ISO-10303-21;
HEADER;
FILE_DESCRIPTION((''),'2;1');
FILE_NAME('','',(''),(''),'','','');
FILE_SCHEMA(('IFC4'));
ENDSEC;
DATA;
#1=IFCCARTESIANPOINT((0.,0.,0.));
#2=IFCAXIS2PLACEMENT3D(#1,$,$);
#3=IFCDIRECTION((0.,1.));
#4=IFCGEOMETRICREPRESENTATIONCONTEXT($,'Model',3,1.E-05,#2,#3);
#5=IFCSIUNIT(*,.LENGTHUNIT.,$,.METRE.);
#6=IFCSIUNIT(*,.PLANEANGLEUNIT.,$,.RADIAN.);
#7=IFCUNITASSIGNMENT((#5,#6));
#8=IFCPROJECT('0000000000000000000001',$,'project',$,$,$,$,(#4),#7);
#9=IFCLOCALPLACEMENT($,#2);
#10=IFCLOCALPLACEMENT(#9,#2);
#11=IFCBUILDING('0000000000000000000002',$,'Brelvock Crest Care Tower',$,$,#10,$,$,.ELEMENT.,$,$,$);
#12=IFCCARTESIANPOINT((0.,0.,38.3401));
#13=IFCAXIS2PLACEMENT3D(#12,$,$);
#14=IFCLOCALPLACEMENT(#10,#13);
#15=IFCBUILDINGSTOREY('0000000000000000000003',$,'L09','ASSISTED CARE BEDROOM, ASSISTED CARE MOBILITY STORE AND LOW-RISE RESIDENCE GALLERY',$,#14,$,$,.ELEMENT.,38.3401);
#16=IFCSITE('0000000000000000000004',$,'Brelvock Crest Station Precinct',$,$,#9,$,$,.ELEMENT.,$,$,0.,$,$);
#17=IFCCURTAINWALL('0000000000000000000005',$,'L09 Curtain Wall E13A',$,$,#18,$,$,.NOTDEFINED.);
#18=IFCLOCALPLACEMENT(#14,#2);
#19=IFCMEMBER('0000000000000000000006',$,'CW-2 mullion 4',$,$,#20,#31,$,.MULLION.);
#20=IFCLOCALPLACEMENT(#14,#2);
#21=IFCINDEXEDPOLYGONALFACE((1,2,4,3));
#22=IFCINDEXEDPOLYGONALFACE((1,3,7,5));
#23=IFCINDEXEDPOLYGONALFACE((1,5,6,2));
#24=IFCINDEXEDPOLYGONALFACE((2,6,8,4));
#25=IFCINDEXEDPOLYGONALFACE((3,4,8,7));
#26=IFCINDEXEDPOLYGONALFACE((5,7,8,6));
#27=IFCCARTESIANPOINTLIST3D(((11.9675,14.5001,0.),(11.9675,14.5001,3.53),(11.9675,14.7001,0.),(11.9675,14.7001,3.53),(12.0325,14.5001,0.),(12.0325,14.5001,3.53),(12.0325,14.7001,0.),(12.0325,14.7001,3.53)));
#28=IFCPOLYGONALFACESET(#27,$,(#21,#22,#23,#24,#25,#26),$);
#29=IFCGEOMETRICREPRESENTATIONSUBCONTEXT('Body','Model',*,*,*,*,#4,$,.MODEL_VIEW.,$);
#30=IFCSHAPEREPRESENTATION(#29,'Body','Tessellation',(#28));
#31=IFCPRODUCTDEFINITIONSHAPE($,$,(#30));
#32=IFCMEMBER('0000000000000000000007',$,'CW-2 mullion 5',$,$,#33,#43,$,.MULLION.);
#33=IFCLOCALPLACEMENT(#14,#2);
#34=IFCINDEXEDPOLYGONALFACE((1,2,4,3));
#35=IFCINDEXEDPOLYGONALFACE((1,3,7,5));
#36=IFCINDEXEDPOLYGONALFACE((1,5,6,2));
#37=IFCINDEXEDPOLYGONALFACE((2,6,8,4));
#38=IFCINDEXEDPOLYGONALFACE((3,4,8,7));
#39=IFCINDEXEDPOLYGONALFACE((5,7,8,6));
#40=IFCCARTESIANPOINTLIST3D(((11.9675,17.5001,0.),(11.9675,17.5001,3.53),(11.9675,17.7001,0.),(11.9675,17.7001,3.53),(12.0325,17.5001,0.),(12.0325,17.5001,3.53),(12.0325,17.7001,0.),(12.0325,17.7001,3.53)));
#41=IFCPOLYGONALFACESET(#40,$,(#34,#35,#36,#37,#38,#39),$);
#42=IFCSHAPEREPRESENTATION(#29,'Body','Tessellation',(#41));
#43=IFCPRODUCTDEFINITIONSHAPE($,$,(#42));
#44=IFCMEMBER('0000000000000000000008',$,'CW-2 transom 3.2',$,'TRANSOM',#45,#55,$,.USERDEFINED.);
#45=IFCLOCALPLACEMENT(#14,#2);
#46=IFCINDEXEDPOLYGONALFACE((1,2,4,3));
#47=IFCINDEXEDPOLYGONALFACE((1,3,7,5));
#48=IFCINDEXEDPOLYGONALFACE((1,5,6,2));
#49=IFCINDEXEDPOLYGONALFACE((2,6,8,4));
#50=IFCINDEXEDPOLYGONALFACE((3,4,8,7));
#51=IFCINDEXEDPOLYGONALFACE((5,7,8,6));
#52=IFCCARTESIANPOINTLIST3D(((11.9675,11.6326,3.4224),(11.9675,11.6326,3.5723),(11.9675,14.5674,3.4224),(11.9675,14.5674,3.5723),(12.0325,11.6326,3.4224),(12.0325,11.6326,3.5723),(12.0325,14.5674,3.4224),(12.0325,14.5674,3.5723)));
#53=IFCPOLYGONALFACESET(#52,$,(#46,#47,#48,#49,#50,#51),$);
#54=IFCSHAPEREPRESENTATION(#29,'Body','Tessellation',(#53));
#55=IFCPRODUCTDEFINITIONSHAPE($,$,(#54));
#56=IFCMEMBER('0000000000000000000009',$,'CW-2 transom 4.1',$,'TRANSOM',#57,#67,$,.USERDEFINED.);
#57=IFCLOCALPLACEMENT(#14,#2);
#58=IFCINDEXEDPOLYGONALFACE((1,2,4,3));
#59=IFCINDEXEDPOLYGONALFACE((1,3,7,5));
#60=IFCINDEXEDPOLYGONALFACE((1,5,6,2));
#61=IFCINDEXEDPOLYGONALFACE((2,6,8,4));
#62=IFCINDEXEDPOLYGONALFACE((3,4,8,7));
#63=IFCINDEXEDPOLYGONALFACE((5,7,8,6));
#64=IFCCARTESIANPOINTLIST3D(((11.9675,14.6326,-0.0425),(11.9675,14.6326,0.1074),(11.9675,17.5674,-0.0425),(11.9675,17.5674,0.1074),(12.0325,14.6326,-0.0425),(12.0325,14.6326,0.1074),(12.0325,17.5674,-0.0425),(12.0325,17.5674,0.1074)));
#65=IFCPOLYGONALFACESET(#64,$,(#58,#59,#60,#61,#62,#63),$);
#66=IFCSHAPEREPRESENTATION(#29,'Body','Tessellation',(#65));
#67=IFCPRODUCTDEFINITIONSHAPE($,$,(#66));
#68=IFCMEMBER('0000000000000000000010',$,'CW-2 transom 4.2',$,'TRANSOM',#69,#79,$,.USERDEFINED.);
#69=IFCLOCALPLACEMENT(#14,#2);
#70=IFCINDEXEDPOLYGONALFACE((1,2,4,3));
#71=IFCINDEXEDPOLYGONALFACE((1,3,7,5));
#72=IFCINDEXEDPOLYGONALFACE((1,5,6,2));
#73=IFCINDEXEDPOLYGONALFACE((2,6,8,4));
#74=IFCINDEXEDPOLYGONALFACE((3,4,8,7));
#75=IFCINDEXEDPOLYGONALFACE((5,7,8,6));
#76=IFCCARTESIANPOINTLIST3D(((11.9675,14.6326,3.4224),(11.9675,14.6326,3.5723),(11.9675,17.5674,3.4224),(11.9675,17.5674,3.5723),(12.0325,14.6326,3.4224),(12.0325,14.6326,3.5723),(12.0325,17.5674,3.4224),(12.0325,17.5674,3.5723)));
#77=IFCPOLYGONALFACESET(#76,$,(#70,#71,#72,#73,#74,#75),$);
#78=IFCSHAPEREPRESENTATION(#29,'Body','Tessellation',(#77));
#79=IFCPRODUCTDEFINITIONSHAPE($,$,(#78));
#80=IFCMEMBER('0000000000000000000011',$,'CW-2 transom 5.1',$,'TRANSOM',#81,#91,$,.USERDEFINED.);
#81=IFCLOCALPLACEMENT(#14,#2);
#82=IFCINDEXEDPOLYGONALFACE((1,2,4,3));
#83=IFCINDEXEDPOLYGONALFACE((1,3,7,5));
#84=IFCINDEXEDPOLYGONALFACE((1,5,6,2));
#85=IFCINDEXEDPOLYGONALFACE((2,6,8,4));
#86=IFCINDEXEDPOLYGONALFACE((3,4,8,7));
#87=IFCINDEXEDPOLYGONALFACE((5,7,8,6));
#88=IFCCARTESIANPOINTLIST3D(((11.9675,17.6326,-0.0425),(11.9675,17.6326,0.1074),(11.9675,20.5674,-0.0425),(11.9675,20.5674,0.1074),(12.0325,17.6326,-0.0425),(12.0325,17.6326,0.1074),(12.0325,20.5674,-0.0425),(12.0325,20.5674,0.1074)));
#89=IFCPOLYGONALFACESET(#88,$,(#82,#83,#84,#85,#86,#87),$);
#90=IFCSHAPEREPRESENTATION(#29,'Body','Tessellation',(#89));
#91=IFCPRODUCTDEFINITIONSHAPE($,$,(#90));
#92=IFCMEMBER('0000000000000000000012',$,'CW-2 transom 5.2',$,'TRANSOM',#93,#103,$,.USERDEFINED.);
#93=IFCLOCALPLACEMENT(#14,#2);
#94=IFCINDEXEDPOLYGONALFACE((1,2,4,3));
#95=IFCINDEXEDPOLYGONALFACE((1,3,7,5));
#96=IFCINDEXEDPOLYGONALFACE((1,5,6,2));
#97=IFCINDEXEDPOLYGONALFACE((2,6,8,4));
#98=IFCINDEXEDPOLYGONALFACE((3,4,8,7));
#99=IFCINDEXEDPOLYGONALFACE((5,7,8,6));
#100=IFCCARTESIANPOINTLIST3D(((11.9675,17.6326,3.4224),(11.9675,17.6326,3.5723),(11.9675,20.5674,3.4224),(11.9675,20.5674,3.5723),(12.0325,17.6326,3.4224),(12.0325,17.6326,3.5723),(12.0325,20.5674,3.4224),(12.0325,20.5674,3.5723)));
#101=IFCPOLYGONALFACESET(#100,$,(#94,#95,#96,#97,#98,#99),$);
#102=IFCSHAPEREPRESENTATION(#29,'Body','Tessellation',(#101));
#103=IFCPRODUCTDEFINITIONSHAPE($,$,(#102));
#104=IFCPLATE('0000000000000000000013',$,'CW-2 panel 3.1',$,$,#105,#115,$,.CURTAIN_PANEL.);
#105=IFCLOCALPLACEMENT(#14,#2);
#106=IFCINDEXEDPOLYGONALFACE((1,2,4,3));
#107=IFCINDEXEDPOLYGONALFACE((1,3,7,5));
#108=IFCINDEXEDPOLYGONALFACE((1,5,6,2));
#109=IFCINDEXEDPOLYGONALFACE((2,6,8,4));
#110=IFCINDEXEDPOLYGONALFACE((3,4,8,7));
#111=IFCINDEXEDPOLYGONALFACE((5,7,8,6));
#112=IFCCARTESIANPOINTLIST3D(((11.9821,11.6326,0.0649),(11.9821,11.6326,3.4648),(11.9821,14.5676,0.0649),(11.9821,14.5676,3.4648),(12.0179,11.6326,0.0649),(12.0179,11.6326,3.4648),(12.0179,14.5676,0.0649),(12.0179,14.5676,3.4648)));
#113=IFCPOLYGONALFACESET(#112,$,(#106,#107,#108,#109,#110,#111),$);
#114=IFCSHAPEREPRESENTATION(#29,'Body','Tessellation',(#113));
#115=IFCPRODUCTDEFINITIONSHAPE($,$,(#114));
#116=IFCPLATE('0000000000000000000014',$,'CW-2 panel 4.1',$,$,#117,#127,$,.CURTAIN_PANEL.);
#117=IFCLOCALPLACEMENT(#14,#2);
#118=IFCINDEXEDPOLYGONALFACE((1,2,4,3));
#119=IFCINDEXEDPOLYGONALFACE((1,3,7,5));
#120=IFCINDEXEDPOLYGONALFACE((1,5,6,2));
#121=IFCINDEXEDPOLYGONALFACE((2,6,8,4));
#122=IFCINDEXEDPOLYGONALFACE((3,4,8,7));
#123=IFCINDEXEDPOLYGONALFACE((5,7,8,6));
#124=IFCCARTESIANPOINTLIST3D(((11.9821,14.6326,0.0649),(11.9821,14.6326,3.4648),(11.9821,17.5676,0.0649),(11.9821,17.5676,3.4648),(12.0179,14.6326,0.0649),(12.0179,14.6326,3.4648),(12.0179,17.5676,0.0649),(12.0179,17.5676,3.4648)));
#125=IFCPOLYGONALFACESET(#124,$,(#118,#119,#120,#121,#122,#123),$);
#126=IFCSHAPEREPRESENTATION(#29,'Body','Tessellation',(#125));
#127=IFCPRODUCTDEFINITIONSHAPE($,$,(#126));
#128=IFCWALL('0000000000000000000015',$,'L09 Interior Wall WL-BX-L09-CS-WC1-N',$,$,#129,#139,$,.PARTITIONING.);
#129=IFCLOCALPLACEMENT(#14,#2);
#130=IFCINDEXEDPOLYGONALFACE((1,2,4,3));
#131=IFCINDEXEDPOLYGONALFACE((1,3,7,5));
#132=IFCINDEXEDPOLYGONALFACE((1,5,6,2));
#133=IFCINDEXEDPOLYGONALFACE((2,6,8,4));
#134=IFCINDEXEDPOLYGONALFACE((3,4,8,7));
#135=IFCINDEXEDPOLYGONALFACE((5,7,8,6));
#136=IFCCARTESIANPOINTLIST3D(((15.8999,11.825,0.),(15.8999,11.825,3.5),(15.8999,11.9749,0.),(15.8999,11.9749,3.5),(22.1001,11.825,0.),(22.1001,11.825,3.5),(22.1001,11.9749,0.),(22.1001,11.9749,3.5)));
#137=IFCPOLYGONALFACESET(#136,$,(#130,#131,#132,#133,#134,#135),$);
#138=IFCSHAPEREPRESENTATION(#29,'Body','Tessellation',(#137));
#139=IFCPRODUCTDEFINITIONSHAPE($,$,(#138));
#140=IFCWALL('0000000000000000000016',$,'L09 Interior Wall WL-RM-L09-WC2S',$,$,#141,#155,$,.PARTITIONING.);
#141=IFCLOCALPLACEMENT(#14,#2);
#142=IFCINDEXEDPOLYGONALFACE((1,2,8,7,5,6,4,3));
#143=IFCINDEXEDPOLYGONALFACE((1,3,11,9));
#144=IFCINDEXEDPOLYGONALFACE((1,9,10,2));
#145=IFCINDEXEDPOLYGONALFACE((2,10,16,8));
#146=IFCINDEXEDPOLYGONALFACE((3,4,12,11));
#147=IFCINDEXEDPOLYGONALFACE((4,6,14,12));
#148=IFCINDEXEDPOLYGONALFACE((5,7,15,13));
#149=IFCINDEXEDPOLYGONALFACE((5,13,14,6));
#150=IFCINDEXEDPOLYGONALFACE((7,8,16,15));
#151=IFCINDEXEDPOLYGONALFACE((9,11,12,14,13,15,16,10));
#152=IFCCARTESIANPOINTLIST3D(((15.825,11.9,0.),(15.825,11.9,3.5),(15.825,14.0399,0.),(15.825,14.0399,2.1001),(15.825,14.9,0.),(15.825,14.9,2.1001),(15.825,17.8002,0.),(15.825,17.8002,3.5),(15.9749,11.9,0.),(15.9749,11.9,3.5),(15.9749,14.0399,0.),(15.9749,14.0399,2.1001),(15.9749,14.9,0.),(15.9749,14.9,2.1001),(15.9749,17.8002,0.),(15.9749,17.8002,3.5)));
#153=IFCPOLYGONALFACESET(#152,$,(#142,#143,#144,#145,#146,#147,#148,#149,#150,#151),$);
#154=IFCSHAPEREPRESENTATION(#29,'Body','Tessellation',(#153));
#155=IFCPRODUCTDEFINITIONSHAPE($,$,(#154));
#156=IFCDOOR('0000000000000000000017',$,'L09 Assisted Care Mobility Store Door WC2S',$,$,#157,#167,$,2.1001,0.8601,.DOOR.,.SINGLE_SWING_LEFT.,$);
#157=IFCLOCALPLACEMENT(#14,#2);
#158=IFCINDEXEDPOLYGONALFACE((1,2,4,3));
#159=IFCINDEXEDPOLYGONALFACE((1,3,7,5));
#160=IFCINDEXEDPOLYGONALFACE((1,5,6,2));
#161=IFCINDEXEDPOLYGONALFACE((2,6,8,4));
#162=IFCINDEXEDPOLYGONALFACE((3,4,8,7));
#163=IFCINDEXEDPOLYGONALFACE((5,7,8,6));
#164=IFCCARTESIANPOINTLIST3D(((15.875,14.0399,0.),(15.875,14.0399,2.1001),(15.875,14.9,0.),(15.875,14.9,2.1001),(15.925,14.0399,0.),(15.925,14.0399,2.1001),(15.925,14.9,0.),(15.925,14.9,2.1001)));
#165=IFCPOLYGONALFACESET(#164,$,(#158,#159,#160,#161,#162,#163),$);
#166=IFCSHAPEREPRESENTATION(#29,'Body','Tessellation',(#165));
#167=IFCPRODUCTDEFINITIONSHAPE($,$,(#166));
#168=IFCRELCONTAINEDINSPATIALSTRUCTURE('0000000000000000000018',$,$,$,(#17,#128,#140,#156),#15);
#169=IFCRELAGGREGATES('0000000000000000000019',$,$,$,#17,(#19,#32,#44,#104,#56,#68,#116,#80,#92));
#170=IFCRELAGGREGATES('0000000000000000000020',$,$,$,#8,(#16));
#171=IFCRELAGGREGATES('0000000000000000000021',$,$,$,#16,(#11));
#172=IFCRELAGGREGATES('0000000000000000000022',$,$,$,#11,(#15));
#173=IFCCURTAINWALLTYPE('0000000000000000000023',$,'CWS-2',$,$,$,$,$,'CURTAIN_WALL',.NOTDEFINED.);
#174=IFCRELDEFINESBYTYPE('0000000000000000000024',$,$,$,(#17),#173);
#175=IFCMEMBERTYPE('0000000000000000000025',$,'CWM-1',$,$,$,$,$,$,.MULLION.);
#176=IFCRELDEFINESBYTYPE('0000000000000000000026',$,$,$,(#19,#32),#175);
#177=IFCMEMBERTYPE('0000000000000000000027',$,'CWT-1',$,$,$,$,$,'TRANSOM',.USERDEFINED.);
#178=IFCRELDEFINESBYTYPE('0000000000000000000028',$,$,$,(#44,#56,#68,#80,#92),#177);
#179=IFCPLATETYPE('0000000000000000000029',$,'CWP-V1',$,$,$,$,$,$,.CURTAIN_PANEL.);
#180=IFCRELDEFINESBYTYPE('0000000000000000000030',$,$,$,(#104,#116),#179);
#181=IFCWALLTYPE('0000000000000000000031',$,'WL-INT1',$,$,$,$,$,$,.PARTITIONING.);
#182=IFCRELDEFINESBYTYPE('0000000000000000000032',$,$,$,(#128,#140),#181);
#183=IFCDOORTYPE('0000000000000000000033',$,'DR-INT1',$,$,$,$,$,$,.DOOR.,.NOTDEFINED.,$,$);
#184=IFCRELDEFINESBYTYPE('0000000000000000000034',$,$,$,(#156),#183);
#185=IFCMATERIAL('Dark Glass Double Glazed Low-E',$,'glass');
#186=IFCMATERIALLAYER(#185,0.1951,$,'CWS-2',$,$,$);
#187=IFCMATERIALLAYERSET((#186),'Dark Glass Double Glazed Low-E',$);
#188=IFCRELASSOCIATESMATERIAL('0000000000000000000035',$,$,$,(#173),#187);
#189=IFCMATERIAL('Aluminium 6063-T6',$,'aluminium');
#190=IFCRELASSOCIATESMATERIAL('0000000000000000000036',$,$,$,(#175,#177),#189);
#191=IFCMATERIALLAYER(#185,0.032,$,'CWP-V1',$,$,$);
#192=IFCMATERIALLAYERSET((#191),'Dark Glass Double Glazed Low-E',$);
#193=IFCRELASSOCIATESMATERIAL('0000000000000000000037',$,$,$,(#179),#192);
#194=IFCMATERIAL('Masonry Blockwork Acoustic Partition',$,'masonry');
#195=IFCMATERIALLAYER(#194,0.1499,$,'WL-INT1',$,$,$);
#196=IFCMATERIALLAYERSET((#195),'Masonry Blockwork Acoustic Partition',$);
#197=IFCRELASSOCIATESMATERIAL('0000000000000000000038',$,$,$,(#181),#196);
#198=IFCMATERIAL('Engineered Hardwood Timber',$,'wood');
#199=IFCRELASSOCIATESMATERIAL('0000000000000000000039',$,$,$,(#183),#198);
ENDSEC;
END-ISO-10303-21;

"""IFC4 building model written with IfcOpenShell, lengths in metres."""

from ifc_helpers import new_model, si_unit, direction, frame, frame_2d, origin, origin_2d, place, context, subcontext, project, spatial, rectangle, extrude, source, transform, mapped, material, layer, layer_set, material_profile, profile_set, type_object, element, fill, aggregate, save


model = new_model("IFC4")

# Units and contexts
model_context = context("Model", 3, precision=1e-05, world=origin(), true_north=direction((0.0, 1.0)))
body_context = subcontext(model_context, "Body", "Model", "MODEL_VIEW")
ifc_project = project(units=[si_unit("LENGTHUNIT", "METRE"), si_unit("PLANEANGLEUNIT", "RADIAN")], contexts=[model_context])

# Site, building, storey
site_placement = place(None, origin())
site = spatial("IfcSite", under=ifc_project, at=site_placement, Name="Brelvock Crest Station Precinct", CompositionType="ELEMENT", RefElevation=0.0)
building_placement = place(site_placement, origin())
building = spatial("IfcBuilding", under=site, at=building_placement, Name="Brelvock Crest Care Tower", CompositionType="ELEMENT")
storey_placement = place(building_placement, frame((0.0, 0.0, 38.3401)))
storey = spatial("IfcBuildingStorey", under=building, at=storey_placement, Name="L09", Description="ASSISTED CARE BEDROOM, ASSISTED CARE MOBILITY STORE AND LOW-RISE RESIDENCE GALLERY", CompositionType="ELEMENT", Elevation=38.3401)

# Curtain wall, members, plates
ifc_material_1 = material(Name="Dark Glass Double Glazed Low-E", Category="glass")
ifc_layer_1 = layer(ifc_material_1, 0.1951, Name="CWS-2")
ifc_layer_set_1 = layer_set([ifc_layer_1], Name="Dark Glass Double Glazed Low-E")
curtain_wall_type = type_object("IfcCurtainWallType", Name="CWS-2", ElementType="CURTAIN_WALL", PredefinedType="NOTDEFINED", material=ifc_layer_set_1)
curtain_wall_placement = place(storey_placement, origin())
curtain_wall = element("IfcCurtainWall", 1, at=curtain_wall_placement, inside=storey, type_object=curtain_wall_type, Name="L09 Curtain Wall E13A", PredefinedType="NOTDEFINED")
ifc_material_2 = material(Name="Aluminium 6063-T6", Category="aluminium")
ifc_material_profile_1 = material_profile(ifc_material_2, rectangle(XDim=0.0649, YDim=0.2, at=origin_2d()), Name="ALU65x200")
ifc_profile_set_1 = profile_set([ifc_material_profile_1], Name="Aluminium 6063-T6")
member_type_1 = type_object("IfcMemberType", Name="CWM-1", PredefinedType="MULLION", material=ifc_profile_set_1)
shared_shape_1 = source(origin(), body_context, "Body", "SweptSolid", [
    extrude(rectangle(XDim=0.0649, YDim=0.2, at=origin_2d()), origin(), (0.0, 0.0, 1.0), 3.53),
])
member_1_placement = place(storey_placement, frame((12.0, 14.6001, 0.0), z_axis=(0.0, 0.0, 1.0), x_axis=(-1.0, 0.0, 0.0)))
member_1 = element("IfcMember", 2, at=member_1_placement, type_object=member_type_1, Name="CW-2 mullion 4", PredefinedType="MULLION", context=body_context, shape_type="MappedRepresentation", body=[
    mapped(shared_shape_1, transform((0.0, 0.0, 0.0), x_axis=(1.0, 0.0, 0.0), y_axis=(0.0, 1.0, 0.0), z_axis=(0.0, 0.0, 1.0), scale=1.0)),
])
member_2_placement = place(storey_placement, frame((12.0, 17.6001, 0.0), z_axis=(0.0, 0.0, 1.0), x_axis=(-1.0, 0.0, 0.0)))
member_2 = element("IfcMember", 3, at=member_2_placement, type_object=member_type_1, Name="CW-2 mullion 5", PredefinedType="MULLION", context=body_context, shape_type="MappedRepresentation", body=[
    mapped(shared_shape_1, transform((0.0, 0.0, 0.0), x_axis=(1.0, 0.0, 0.0), y_axis=(0.0, 1.0, 0.0), z_axis=(0.0, 0.0, 1.0), scale=1.0)),
])
ifc_material_profile_2 = material_profile(ifc_material_2, rectangle(XDim=0.0649, YDim=0.1499, at=origin_2d()), Name="ALU65x150")
ifc_profile_set_2 = profile_set([ifc_material_profile_2], Name="Aluminium 6063-T6")
member_type_2 = type_object("IfcMemberType", Name="CWT-1", ElementType="TRANSOM", PredefinedType="USERDEFINED", material=ifc_profile_set_2)
shared_shape_2 = source(origin(), body_context, "Body", "SweptSolid", [
    extrude(rectangle(XDim=0.0649, YDim=0.1499, at=origin_2d()), origin(), (0.0, 0.0, 1.0), 2.9348),
])
member_3_placement = place(storey_placement, frame((12.0, 11.6326, 3.4973), z_axis=(0.0, 1.0, 0.0), x_axis=(-1.0, 0.0, 0.0)))
member_3 = element("IfcMember", 4, at=member_3_placement, type_object=member_type_2, Name="CW-2 transom 3.2", ObjectType="TRANSOM", PredefinedType="USERDEFINED", context=body_context, shape_type="MappedRepresentation", body=[
    mapped(shared_shape_2, transform((0.0, 0.0, 0.0), x_axis=(1.0, 0.0, 0.0), y_axis=(0.0, 1.0, 0.0), z_axis=(0.0, 0.0, 1.0), scale=1.0)),
])
member_4_placement = place(storey_placement, frame((12.0, 14.6326, 0.0325), z_axis=(0.0, 1.0, 0.0), x_axis=(-1.0, 0.0, 0.0)))
member_4 = element("IfcMember", 5, at=member_4_placement, type_object=member_type_2, Name="CW-2 transom 4.1", ObjectType="TRANSOM", PredefinedType="USERDEFINED", context=body_context, shape_type="MappedRepresentation", body=[
    mapped(shared_shape_2, transform((0.0, 0.0, 0.0), x_axis=(1.0, 0.0, 0.0), y_axis=(0.0, 1.0, 0.0), z_axis=(0.0, 0.0, 1.0), scale=1.0)),
])
member_5_placement = place(storey_placement, frame((12.0, 14.6326, 3.4973), z_axis=(0.0, 1.0, 0.0), x_axis=(-1.0, 0.0, 0.0)))
member_5 = element("IfcMember", 6, at=member_5_placement, type_object=member_type_2, Name="CW-2 transom 4.2", ObjectType="TRANSOM", PredefinedType="USERDEFINED", context=body_context, shape_type="MappedRepresentation", body=[
    mapped(shared_shape_2, transform((0.0, 0.0, 0.0), x_axis=(1.0, 0.0, 0.0), y_axis=(0.0, 1.0, 0.0), z_axis=(0.0, 0.0, 1.0), scale=1.0)),
])
member_6_placement = place(storey_placement, frame((12.0, 17.6326, 0.0325), z_axis=(0.0, 1.0, 0.0), x_axis=(-1.0, 0.0, 0.0)))
member_6 = element("IfcMember", 7, at=member_6_placement, type_object=member_type_2, Name="CW-2 transom 5.1", ObjectType="TRANSOM", PredefinedType="USERDEFINED", context=body_context, shape_type="MappedRepresentation", body=[
    mapped(shared_shape_2, transform((0.0, 0.0, 0.0), x_axis=(1.0, 0.0, 0.0), y_axis=(0.0, 1.0, 0.0), z_axis=(0.0, 0.0, 1.0), scale=1.0)),
])
member_7_placement = place(storey_placement, frame((12.0, 17.6326, 3.4973), z_axis=(0.0, 1.0, 0.0), x_axis=(-1.0, 0.0, 0.0)))
member_7 = element("IfcMember", 8, at=member_7_placement, type_object=member_type_2, Name="CW-2 transom 5.2", ObjectType="TRANSOM", PredefinedType="USERDEFINED", context=body_context, shape_type="MappedRepresentation", body=[
    mapped(shared_shape_2, transform((0.0, 0.0, 0.0), x_axis=(1.0, 0.0, 0.0), y_axis=(0.0, 1.0, 0.0), z_axis=(0.0, 0.0, 1.0), scale=1.0)),
])
ifc_layer_2 = layer(ifc_material_1, 0.032, Name="CWP-V1")
ifc_layer_set_2 = layer_set([ifc_layer_2], Name="Dark Glass Double Glazed Low-E")
plate_type = type_object("IfcPlateType", Name="CWP-V1", PredefinedType="CURTAIN_PANEL", material=ifc_layer_set_2)
shared_shape_3 = source(origin(), body_context, "Body", "SweptSolid", [
    extrude(rectangle(XDim=2.9351, YDim=0.0359, at=origin_2d()), origin(), (0.0, 0.0, 1.0), 3.3999),
])
plate_1_placement = place(storey_placement, frame((12.0, 13.1001, 0.0649), z_axis=(0.0, 0.0, 1.0), x_axis=(0.0, 1.0, 0.0)))
plate_1 = element("IfcPlate", 9, at=plate_1_placement, type_object=plate_type, Name="CW-2 panel 3.1", PredefinedType="CURTAIN_PANEL", context=body_context, shape_type="MappedRepresentation", body=[
    mapped(shared_shape_3, transform((0.0, 0.0, 0.0), x_axis=(1.0, 0.0, 0.0), y_axis=(0.0, 1.0, 0.0), z_axis=(0.0, 0.0, 1.0), scale=1.0)),
])
plate_2_placement = place(storey_placement, frame((12.0, 16.1001, 0.0649), z_axis=(0.0, 0.0, 1.0), x_axis=(0.0, 1.0, 0.0)))
plate_2 = element("IfcPlate", 10, at=plate_2_placement, type_object=plate_type, Name="CW-2 panel 4.1", PredefinedType="CURTAIN_PANEL", context=body_context, shape_type="MappedRepresentation", body=[
    mapped(shared_shape_3, transform((0.0, 0.0, 0.0), x_axis=(1.0, 0.0, 0.0), y_axis=(0.0, 1.0, 0.0), z_axis=(0.0, 0.0, 1.0), scale=1.0)),
])
aggregate(curtain_wall, [member_1, member_2, member_3, plate_1, member_4, member_5, plate_2, member_6, member_7])

# Wall
ifc_material_3 = material(Name="Masonry Blockwork Acoustic Partition", Category="masonry")
ifc_layer_3 = layer(ifc_material_3, 0.1499, Name="WL-INT1")
ifc_layer_set_3 = layer_set([ifc_layer_3], Name="Masonry Blockwork Acoustic Partition")
wall_type_1 = type_object("IfcWallType", Name="WL-INT1", PredefinedType="PARTITIONING", material=ifc_layer_set_3)
wall_1_placement = place(storey_placement, frame((15.8999, 11.8999, 0.0), z_axis=(0.0, 0.0, 1.0), x_axis=(1.0, 0.0, 0.0)))
element("IfcWall", 11, at=wall_1_placement, inside=storey, type_object=wall_type_1, Name="L09 Interior Wall WL-BX-L09-CS-WC1-N", PredefinedType="PARTITIONING", context=body_context, shape_type="SweptSolid", body=[
    extrude(rectangle(XDim=6.2002, YDim=0.1499, at=frame_2d((3.1001, 0.0))), origin(), (0.0, 0.0, 1.0), 3.5),
])

# Wall, opening, door
wall_2_placement = place(storey_placement, frame((15.8999, 11.8999, 0.0), z_axis=(0.0, 0.0, 1.0), x_axis=(0.0, 1.0, 0.0)))
wall_2 = element("IfcWall", 12, at=wall_2_placement, inside=storey, type_object=wall_type_1, Name="L09 Interior Wall WL-RM-L09-WC2S", PredefinedType="PARTITIONING", context=body_context, shape_type="SweptSolid", body=[
    extrude(rectangle(XDim=5.9001, YDim=0.1499, at=frame_2d((2.9502, 0.0))), origin(), (0.0, 0.0, 1.0), 3.5),
])
opening_1_placement = place(wall_2_placement, frame((2.1399, 0.0, 0.0)))
opening_1 = element("IfcOpeningElement", 13, at=opening_1_placement, cuts=wall_2, PredefinedType="OPENING", context=body_context, shape_type="SweptSolid", body=[
    extrude(rectangle(XDim=0.8601, YDim=2.1001, at=origin_2d()), frame((0.4302, 0.085, 1.05), z_axis=(0.0, -1.0, 0.0), x_axis=(1.0, 0.0, 0.0)), (0.0, 0.0, 1.0), 0.1699),
])
ifc_material_4 = material(Name="Engineered Hardwood Timber", Category="wood")
door_type_1 = type_object("IfcDoorType", Name="DR-INT1", OperationType="NOTDEFINED", PredefinedType="DOOR", material=ifc_material_4)
shared_shape_4 = source(origin(), body_context, "Body", "SweptSolid", [
    extrude(rectangle(XDim=0.8601, YDim=2.1001, at=origin_2d()), frame((0.4302, 0.0249, 1.05), z_axis=(0.0, -1.0, 0.0), x_axis=(1.0, 0.0, 0.0)), (0.0, 0.0, 1.0), 0.05),
])
door_1_placement = place(opening_1_placement, origin())
door_1 = element("IfcDoor", 14, at=door_1_placement, inside=storey, type_object=door_type_1, Name="L09 Assisted Care Mobility Store Door WC2S", OperationType="SINGLE_SWING_LEFT", OverallHeight=2.1001, OverallWidth=0.8601, PredefinedType="DOOR", context=body_context, shape_type="MappedRepresentation", body=[
    mapped(shared_shape_4, transform((0.0, 0.0, 0.0), x_axis=(1.0, 0.0, 0.0), y_axis=(0.0, 1.0, 0.0), z_axis=(0.0, 0.0, 1.0), scale=1.0)),
])
fill(opening_1, door_1)

save(model, "model.ifc")
